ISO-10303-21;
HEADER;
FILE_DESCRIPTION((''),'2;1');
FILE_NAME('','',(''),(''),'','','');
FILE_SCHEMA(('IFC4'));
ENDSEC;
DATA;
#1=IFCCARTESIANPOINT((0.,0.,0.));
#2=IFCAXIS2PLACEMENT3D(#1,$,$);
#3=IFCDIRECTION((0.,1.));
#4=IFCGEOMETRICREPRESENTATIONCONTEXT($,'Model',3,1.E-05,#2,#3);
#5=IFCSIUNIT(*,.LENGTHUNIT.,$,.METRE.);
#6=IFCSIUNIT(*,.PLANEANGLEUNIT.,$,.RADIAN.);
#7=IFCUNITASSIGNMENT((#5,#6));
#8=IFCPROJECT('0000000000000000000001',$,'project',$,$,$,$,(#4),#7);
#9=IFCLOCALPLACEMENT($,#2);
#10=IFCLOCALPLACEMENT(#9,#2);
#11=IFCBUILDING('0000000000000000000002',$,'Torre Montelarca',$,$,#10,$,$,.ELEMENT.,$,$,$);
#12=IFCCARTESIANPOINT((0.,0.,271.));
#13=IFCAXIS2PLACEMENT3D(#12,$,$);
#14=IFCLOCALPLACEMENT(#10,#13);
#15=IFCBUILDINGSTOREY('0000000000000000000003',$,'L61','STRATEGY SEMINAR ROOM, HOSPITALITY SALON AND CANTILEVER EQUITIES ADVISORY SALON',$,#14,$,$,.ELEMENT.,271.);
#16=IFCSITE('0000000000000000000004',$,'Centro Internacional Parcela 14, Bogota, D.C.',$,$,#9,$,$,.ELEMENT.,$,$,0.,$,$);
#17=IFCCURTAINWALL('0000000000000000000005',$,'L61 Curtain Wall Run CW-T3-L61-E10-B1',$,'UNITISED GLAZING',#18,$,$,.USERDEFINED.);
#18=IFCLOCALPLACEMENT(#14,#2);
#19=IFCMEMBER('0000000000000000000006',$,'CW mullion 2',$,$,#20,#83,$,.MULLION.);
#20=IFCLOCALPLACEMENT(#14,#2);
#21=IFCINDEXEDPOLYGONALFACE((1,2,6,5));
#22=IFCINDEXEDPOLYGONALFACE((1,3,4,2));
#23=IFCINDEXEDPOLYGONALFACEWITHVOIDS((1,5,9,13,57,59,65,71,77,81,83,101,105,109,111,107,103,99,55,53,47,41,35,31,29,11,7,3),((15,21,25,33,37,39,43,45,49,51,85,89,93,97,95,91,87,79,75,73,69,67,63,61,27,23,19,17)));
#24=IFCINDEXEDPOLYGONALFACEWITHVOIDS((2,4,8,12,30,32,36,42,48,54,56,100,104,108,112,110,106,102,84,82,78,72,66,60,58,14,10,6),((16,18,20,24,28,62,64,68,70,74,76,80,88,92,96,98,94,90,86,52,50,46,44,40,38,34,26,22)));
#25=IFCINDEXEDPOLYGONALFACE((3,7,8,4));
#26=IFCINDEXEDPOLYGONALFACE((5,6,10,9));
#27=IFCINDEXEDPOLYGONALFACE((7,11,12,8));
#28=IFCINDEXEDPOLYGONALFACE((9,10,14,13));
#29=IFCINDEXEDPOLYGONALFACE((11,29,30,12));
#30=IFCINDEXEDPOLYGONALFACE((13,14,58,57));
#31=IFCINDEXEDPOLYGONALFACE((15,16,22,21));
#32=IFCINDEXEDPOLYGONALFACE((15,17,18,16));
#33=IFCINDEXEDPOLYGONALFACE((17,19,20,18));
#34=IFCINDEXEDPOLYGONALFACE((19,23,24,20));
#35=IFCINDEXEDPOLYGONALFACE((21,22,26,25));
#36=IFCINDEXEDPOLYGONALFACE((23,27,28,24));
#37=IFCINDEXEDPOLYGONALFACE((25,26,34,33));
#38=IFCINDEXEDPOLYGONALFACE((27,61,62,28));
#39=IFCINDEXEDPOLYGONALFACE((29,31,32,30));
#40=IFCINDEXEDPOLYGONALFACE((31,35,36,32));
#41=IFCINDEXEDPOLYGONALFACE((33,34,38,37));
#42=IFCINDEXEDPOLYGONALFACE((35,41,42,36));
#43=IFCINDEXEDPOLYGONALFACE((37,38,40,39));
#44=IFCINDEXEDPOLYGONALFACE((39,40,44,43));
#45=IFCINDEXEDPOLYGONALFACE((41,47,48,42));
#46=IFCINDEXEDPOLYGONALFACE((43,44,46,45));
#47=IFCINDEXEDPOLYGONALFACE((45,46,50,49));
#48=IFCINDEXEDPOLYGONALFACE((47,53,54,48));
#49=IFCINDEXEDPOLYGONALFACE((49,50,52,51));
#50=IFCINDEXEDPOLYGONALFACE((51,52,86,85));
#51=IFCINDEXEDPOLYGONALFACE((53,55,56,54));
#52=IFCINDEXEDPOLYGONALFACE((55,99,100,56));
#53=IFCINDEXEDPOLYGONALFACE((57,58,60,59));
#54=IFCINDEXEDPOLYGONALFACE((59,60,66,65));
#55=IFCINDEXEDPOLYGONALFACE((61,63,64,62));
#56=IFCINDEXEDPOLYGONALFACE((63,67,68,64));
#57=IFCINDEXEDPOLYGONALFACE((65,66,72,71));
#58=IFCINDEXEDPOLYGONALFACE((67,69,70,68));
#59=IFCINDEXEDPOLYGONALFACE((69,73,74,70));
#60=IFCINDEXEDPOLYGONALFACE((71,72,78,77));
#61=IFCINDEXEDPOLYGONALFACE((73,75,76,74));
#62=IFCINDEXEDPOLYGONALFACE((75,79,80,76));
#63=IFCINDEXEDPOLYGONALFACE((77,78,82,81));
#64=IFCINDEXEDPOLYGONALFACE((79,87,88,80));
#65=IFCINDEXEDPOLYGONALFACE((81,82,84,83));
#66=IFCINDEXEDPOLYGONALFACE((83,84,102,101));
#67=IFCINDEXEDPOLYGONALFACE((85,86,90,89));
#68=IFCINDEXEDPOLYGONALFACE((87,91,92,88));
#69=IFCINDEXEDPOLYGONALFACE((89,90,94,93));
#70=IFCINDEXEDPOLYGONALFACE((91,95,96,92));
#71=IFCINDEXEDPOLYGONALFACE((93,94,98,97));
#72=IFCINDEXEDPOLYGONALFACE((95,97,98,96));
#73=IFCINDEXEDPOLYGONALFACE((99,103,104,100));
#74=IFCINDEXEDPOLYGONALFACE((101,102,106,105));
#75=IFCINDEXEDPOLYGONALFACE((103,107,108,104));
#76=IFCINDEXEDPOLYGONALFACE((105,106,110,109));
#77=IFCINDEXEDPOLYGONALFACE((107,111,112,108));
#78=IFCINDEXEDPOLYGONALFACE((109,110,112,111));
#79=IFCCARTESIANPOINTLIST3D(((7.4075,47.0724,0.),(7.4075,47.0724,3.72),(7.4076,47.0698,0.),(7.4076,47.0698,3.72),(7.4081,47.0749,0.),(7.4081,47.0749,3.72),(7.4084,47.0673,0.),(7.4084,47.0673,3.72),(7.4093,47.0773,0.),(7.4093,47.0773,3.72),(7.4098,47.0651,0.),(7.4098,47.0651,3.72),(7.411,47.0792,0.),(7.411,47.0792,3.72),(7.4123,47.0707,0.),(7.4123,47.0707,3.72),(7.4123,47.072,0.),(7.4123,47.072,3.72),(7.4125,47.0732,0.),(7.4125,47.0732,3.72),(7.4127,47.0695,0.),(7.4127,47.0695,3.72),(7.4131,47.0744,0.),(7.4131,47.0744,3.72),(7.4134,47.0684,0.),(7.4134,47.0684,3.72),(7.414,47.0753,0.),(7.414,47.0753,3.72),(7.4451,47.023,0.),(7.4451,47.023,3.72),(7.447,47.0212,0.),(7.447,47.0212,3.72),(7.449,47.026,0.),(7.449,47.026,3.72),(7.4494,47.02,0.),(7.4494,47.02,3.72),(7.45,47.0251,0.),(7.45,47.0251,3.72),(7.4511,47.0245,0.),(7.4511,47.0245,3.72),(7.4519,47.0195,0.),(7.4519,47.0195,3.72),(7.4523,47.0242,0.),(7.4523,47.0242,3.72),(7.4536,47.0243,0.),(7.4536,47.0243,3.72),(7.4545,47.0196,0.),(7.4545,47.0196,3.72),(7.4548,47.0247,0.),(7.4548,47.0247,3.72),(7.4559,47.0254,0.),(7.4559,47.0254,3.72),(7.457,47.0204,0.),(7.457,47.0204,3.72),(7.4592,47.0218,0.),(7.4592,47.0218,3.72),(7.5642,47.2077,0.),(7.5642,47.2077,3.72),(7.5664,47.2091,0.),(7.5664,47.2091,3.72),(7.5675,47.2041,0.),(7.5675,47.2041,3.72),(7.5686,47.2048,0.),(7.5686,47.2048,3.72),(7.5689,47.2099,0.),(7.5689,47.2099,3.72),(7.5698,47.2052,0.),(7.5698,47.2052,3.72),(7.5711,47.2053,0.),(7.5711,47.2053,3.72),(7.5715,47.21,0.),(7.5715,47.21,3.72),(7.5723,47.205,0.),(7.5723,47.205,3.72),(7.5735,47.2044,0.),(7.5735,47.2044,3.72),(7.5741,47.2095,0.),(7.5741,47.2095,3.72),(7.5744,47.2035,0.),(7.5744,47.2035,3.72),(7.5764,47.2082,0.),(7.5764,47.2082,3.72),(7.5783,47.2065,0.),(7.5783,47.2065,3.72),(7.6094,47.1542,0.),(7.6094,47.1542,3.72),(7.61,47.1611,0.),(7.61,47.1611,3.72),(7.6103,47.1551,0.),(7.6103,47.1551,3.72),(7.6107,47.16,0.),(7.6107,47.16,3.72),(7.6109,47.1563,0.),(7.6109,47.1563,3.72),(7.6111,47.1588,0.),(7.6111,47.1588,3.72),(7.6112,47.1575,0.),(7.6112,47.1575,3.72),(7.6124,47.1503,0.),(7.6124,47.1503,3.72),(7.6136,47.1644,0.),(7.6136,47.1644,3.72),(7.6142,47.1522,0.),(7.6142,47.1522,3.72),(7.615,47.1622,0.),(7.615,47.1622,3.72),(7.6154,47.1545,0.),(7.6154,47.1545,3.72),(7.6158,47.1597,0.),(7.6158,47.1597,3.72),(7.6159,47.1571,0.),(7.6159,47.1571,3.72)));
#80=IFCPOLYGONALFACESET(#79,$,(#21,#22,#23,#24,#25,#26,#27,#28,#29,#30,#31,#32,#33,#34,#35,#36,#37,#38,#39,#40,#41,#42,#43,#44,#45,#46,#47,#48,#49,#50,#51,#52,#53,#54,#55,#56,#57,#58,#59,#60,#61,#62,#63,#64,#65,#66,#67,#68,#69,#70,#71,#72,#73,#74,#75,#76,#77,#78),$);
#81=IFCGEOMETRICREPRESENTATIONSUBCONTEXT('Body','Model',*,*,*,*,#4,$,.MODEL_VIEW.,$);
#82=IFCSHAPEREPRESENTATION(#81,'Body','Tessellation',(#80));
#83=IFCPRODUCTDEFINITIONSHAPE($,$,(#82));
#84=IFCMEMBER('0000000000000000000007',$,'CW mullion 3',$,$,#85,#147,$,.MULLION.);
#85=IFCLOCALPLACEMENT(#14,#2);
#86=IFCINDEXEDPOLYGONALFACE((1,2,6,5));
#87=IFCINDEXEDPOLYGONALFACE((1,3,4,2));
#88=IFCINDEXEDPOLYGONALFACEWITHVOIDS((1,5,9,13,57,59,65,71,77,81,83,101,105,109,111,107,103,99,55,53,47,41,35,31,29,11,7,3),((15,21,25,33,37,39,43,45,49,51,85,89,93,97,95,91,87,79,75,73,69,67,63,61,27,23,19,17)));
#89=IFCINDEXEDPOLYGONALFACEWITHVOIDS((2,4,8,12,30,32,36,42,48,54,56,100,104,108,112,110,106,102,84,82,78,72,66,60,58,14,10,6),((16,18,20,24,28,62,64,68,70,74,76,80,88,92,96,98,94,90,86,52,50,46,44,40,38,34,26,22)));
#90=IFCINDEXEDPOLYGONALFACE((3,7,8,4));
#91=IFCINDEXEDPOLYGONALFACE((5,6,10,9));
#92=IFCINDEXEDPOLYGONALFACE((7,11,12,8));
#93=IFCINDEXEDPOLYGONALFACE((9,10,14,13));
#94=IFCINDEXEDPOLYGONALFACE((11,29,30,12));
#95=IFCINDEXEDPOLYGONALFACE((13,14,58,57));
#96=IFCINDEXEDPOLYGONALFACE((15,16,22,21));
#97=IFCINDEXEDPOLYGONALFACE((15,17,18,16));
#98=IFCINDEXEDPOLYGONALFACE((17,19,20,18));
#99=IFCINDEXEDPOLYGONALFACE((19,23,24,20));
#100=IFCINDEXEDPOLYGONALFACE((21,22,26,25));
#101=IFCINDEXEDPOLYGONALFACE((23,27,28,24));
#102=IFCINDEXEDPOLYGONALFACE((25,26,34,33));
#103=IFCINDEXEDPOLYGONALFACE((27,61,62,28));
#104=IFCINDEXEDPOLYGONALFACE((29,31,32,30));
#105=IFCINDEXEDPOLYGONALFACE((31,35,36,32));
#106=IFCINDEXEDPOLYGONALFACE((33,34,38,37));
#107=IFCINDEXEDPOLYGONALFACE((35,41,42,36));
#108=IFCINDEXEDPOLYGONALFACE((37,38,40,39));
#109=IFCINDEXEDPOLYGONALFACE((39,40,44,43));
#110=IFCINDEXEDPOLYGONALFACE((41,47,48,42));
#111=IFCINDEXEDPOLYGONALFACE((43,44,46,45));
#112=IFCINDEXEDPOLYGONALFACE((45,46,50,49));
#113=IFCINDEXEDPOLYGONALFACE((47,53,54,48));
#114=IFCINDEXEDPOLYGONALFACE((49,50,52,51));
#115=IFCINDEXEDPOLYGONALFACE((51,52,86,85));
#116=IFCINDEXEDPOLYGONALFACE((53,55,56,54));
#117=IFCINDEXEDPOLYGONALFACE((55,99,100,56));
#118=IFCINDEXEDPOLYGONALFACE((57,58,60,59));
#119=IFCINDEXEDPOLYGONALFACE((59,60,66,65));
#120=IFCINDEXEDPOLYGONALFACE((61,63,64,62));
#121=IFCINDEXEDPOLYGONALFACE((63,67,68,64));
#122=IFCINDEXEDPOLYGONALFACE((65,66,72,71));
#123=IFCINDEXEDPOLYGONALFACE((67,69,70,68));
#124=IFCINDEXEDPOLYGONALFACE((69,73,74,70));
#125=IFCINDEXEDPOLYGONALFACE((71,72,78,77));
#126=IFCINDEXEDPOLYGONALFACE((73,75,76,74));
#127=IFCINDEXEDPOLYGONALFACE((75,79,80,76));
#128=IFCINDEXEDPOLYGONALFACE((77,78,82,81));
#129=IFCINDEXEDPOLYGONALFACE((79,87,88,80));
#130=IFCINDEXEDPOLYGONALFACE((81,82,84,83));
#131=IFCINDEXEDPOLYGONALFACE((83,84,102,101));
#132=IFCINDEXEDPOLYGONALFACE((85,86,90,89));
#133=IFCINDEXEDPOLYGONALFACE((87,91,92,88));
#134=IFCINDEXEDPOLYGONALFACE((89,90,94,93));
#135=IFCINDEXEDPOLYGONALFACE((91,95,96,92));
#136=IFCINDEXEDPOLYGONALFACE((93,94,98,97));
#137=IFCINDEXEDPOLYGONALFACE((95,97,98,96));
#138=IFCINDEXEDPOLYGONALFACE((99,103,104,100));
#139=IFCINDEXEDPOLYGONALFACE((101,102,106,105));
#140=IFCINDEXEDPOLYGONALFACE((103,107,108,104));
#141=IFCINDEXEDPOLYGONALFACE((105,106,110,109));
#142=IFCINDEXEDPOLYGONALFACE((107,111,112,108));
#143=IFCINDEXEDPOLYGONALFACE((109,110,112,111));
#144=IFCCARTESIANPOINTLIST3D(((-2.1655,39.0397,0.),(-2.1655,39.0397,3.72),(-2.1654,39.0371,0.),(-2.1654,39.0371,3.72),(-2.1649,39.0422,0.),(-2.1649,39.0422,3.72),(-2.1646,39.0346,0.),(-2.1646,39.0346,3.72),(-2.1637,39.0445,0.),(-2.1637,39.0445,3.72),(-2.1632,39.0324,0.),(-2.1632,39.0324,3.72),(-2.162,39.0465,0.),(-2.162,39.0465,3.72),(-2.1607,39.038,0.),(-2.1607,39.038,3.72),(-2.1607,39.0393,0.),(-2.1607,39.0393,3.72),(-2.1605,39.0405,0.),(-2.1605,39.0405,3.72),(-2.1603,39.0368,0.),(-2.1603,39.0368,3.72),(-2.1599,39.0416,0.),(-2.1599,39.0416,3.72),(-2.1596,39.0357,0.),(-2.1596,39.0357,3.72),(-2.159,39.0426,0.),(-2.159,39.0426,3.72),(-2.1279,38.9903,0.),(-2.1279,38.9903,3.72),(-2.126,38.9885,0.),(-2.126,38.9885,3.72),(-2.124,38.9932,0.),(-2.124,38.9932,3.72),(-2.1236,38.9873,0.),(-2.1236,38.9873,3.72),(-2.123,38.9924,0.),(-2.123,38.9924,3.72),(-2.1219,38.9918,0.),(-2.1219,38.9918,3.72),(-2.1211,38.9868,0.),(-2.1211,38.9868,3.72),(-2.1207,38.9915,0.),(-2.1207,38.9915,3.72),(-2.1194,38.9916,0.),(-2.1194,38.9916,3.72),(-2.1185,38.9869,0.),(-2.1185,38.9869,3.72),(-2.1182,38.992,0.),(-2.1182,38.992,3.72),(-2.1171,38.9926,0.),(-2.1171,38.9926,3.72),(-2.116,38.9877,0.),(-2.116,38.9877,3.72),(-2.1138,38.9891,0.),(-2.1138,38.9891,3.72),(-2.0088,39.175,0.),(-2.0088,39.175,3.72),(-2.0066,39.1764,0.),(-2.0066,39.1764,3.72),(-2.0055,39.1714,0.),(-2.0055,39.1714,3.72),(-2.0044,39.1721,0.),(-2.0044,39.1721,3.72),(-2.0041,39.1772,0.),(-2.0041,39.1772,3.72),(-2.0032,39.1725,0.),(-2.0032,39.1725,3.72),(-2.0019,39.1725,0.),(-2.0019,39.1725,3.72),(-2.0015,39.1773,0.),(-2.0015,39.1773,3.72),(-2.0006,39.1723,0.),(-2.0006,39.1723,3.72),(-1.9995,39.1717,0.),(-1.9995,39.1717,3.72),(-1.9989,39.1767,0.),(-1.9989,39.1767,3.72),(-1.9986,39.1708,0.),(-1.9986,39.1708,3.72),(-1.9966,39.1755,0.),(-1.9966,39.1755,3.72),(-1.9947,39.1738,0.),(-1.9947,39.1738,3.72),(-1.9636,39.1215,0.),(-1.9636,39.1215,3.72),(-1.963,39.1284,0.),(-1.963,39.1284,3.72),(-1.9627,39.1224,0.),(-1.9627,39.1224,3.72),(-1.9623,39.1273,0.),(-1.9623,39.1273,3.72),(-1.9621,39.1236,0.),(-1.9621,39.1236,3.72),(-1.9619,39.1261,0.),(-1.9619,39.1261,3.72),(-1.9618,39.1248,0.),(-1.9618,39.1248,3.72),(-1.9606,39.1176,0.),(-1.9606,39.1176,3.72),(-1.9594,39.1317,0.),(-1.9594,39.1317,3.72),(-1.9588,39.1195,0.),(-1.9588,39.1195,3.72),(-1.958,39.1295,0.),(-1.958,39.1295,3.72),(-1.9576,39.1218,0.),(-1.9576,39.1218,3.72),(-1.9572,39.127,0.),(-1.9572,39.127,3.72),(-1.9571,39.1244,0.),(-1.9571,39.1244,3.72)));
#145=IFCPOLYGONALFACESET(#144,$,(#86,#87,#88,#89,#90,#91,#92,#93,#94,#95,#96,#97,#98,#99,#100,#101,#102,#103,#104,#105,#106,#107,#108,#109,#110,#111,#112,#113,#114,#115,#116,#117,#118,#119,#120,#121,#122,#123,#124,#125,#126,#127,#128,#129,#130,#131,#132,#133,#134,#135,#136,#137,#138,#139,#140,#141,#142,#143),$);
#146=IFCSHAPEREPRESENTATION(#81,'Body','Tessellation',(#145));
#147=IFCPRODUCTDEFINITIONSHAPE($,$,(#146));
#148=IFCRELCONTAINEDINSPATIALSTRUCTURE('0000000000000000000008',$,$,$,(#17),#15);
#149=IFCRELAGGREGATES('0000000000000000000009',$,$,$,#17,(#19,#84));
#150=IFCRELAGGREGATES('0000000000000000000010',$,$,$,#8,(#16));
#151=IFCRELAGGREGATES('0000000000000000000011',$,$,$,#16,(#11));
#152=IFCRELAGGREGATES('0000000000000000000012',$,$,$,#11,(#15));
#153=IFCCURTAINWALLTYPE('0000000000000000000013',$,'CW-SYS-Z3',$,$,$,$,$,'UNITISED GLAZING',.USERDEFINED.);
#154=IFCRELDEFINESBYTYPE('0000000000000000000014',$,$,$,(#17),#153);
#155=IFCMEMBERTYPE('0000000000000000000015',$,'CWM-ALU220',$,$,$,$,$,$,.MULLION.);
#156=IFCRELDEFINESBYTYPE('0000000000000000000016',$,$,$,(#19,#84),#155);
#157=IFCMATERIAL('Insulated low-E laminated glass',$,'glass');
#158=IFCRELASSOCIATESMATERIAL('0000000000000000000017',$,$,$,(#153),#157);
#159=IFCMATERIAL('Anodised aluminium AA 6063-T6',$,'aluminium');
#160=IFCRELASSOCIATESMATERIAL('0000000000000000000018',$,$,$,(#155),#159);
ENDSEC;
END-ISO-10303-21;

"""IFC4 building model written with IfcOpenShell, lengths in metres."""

from ifc_helpers import new_model, si_unit, direction, frame, origin, origin_2d, place, context, subcontext, project, spatial, hollow_rectangle, extrude, source, transform, mapped, material, material_profile, profile_set, type_object, element, aggregate, save


model = new_model("IFC4")

# Units and contexts
model_context = context("Model", 3, precision=1e-05, world=origin(), true_north=direction((0.0, 1.0)))
body_context = subcontext(model_context, "Body", "Model", "MODEL_VIEW")
ifc_project = project(units=[si_unit("LENGTHUNIT", "METRE"), si_unit("PLANEANGLEUNIT", "RADIAN")], contexts=[model_context])

# Site, building, storey
site_placement = place(None, origin())
site = spatial("IfcSite", under=ifc_project, at=site_placement, Name="Centro Internacional Parcela 14, Bogota, D.C.", CompositionType="ELEMENT", RefElevation=0.0)
building_placement = place(site_placement, origin())
building = spatial("IfcBuilding", under=site, at=building_placement, Name="Torre Montelarca", CompositionType="ELEMENT")
storey_placement = place(building_placement, frame((0.0, 0.0, 271.0)))
storey = spatial("IfcBuildingStorey", under=building, at=storey_placement, Name="L61", Description="STRATEGY SEMINAR ROOM, HOSPITALITY SALON AND CANTILEVER EQUITIES ADVISORY SALON", CompositionType="ELEMENT", Elevation=271.0)

# Curtain wall, members
ifc_material_1 = material(Name="Insulated low-E laminated glass", Category="glass")
curtain_wall_type = type_object("IfcCurtainWallType", Name="CW-SYS-Z3", ElementType="UNITISED GLAZING", PredefinedType="USERDEFINED", material=ifc_material_1)
ifc_material_2 = material(Name="Anodised aluminium AA 6063-T6", Category="aluminium")
curtain_wall_1_placement = place(storey_placement, origin())
curtain_wall_1 = element("IfcCurtainWall", 1, at=curtain_wall_1_placement, inside=storey, type_object=curtain_wall_type, Name="L61 Curtain Wall Run CW-T3-L61-E10-B1", ObjectType="UNITISED GLAZING", PredefinedType="USERDEFINED")
ifc_material_profile_1 = material_profile(ifc_material_2, hollow_rectangle(XDim=0.075, YDim=0.22, WallThickness=0.0049, InnerFilletRadius=0.0049, OuterFilletRadius=0.01, at=origin_2d()), Name="ALU75X220X5", Category="aluminium")
ifc_profile_set_1 = profile_set([ifc_material_profile_1], Name="Anodised aluminium AA 6063-T6")
member_type_1 = type_object("IfcMemberType", Name="CWM-ALU220", PredefinedType="MULLION", material=ifc_profile_set_1)
shared_shape_1 = source(origin(), body_context, "Body", "SweptSolid", [
    extrude(hollow_rectangle(XDim=0.075, YDim=0.22, WallThickness=0.0049, InnerFilletRadius=0.0049, OuterFilletRadius=0.01, at=origin_2d()), origin(), (0.0, 0.0, 1.0), 3.72),
])
member_1_placement = place(storey_placement, frame((7.5117, 47.1147, 0.0), z_axis=(0.0, 0.0, 1.0), x_axis=(0.642788, -0.766044, 0.0)))
member_1 = element("IfcMember", 2, at=member_1_placement, type_object=member_type_1, Name="CW mullion 2", PredefinedType="MULLION", context=body_context, shape_type="MappedRepresentation", body=[
    mapped(shared_shape_1, transform((0.0, 0.0, 0.0), scale=1.0)),
])
member_2_placement = place(storey_placement, frame((-2.0613, 39.082, 0.0), z_axis=(0.0, 0.0, 1.0), x_axis=(0.642788, -0.766044, 0.0)))
member_2 = element("IfcMember", 3, at=member_2_placement, type_object=member_type_1, Name="CW mullion 3", PredefinedType="MULLION", context=body_context, shape_type="MappedRepresentation", body=[
    mapped(shared_shape_1, transform((0.0, 0.0, 0.0), scale=1.0)),
])

aggregate(curtain_wall_1, [member_1, member_2])

save(model, "model.ifc")
